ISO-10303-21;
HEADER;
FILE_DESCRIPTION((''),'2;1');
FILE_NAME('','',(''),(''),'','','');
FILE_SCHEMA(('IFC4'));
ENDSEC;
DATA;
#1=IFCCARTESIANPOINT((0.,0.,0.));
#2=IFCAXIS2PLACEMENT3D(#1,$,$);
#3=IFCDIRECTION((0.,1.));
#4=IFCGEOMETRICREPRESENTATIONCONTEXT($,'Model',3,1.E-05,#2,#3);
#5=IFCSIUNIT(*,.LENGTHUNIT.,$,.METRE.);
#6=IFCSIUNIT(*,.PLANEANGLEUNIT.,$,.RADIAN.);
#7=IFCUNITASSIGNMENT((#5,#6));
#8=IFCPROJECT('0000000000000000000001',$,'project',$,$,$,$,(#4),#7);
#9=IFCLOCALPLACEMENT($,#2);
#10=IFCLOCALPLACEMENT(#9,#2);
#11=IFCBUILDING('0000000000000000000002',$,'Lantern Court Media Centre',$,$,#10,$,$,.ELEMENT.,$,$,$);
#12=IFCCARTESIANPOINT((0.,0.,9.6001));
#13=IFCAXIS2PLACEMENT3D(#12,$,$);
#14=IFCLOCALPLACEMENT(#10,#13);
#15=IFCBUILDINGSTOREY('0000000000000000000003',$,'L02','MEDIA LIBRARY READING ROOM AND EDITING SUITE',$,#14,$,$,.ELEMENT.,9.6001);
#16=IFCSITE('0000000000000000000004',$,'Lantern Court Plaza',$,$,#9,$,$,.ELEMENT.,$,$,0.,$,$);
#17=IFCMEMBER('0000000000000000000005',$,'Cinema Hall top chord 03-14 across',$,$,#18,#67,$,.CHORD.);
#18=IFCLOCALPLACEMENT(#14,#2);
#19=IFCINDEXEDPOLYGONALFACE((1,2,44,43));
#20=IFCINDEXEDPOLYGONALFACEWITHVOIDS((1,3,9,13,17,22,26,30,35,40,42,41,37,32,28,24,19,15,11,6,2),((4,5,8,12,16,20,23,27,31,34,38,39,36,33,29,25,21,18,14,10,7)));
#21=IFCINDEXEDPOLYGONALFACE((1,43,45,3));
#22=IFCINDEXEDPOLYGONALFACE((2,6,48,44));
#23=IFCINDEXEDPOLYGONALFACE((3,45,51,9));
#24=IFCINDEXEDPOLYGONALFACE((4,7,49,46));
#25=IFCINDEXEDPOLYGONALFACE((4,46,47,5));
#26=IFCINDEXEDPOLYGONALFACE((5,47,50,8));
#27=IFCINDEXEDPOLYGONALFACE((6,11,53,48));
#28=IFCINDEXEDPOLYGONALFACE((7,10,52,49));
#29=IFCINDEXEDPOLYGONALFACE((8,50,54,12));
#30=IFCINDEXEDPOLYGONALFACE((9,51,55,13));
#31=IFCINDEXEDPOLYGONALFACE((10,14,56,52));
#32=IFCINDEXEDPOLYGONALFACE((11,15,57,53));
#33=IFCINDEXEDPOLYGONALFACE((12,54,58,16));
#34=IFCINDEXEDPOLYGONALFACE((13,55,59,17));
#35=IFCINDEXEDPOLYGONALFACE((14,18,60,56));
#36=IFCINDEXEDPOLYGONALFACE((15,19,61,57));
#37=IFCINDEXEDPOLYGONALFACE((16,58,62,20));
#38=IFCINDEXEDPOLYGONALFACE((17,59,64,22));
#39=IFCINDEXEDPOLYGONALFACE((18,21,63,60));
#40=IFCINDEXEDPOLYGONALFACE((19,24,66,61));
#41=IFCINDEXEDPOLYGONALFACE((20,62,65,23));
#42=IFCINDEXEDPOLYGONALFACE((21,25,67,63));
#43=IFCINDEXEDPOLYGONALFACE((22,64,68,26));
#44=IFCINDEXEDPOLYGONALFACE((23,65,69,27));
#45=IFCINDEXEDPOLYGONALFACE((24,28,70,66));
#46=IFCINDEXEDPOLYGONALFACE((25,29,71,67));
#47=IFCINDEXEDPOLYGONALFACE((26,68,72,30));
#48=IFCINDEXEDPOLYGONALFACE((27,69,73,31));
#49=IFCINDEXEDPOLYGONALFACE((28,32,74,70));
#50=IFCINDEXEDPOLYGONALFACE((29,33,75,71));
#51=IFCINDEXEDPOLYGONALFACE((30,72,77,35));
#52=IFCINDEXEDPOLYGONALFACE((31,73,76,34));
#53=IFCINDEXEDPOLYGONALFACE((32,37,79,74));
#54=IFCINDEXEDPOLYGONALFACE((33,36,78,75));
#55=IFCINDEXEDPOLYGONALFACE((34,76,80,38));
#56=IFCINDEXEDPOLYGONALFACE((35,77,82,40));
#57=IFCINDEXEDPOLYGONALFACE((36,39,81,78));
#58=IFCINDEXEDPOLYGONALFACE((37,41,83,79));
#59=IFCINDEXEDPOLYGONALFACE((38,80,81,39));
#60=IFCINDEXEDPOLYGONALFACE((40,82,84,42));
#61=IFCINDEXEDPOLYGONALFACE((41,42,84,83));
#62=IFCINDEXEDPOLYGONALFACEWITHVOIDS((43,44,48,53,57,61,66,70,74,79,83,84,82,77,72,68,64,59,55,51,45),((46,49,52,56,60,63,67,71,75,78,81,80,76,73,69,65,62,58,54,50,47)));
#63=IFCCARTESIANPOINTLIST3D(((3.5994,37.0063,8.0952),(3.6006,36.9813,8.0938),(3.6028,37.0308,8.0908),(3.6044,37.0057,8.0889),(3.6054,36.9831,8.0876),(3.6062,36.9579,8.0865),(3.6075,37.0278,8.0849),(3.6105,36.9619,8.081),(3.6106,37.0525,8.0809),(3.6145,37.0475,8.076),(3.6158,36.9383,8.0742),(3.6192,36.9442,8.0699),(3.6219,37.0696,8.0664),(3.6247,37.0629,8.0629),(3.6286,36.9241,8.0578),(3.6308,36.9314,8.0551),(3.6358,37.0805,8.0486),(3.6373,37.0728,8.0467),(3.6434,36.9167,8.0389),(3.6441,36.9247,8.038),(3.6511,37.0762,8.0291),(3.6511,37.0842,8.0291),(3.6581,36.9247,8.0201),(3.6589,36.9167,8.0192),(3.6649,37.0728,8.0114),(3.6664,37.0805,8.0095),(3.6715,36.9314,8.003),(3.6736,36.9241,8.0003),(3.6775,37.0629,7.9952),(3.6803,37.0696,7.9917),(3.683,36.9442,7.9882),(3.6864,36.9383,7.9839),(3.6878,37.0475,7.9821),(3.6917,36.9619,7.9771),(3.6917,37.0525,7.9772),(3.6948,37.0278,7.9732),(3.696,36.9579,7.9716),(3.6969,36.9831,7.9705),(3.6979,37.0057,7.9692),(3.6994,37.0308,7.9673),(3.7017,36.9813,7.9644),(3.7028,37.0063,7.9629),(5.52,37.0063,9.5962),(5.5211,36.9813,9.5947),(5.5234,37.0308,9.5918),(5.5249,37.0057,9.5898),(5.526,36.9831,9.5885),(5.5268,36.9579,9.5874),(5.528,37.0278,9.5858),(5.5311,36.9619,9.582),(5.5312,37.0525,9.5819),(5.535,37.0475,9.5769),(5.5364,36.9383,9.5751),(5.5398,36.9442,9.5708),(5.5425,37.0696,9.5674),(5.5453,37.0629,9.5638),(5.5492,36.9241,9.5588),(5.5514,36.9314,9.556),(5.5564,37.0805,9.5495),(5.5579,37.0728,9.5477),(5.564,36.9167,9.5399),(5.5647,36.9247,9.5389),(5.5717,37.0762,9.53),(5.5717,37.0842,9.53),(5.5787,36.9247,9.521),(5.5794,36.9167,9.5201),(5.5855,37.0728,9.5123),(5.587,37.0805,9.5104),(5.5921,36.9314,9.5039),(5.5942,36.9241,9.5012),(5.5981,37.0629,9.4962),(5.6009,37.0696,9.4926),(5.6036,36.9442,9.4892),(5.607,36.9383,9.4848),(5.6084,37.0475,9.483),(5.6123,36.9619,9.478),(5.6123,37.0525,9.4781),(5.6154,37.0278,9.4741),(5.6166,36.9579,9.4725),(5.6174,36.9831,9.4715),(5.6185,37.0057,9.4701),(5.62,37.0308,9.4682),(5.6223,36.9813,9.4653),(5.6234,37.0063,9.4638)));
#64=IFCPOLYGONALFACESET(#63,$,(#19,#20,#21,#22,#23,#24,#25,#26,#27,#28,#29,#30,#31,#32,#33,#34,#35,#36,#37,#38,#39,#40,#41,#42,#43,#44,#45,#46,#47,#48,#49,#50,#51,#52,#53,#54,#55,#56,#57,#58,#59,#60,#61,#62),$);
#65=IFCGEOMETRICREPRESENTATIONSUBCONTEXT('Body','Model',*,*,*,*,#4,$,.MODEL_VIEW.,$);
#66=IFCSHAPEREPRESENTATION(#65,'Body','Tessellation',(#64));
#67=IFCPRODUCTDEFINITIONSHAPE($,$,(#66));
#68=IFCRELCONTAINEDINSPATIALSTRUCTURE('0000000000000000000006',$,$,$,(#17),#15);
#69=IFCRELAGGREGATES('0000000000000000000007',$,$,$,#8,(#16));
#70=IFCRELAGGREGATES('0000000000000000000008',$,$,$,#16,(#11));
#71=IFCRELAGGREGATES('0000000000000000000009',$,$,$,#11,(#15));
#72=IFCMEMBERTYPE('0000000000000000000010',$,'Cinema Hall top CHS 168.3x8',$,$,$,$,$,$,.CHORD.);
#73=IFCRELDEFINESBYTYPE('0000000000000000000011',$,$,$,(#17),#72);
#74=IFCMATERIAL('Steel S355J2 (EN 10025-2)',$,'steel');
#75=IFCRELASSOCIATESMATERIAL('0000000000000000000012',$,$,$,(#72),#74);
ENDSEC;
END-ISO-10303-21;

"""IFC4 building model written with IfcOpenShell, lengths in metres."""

from ifc_helpers import new_model, si_unit, direction, frame, origin, origin_2d, place, context, subcontext, project, spatial, hollow_circle, extrude, material, material_profile, profile_set, type_object, element, save


model = new_model("IFC4")

# Units and contexts
model_context = context("Model", 3, precision=1e-05, world=origin(), true_north=direction((0.0, 1.0)))
body_context = subcontext(model_context, "Body", "Model", "MODEL_VIEW")
ifc_project = project(units=[si_unit("LENGTHUNIT", "METRE"), si_unit("PLANEANGLEUNIT", "RADIAN")], contexts=[model_context])

# Site, building, storey
site_placement = place(None, origin())
site = spatial("IfcSite", under=ifc_project, at=site_placement, Name="Lantern Court Plaza", CompositionType="ELEMENT", RefElevation=0.0)
building_placement = place(site_placement, origin())
building = spatial("IfcBuilding", under=site, at=building_placement, Name="Lantern Court Media Centre", CompositionType="ELEMENT")
storey_placement = place(building_placement, frame((0.0, 0.0, 9.6001)))
storey = spatial("IfcBuildingStorey", under=building, at=storey_placement, Name="L02", Description="MEDIA LIBRARY READING ROOM AND EDITING SUITE", CompositionType="ELEMENT", Elevation=9.6001)

# Member
ifc_material = material(Name="Steel S355J2 (EN 10025-2)", Category="steel")
ifc_material_profile_1 = material_profile(ifc_material, hollow_circle(Radius=0.0842, WallThickness=0.0081, at=origin_2d()), Name="Cinema Hall top CHS 168.3x8")
ifc_profile_set_1 = profile_set([ifc_material_profile_1], Name="Steel S355J2 (EN 10025-2)")
member_type_1 = type_object("IfcMemberType", Name="Cinema Hall top CHS 168.3x8", PredefinedType="CHORD", material=ifc_profile_set_1)
member_1_placement = place(storey_placement, frame((3.6511, 37.0, 8.0291), z_axis=(0.787932, 0.0, 0.615763), x_axis=(0.0, 1.0, 0.0)))
element("IfcMember", 1, at=member_1_placement, inside=storey, type_object=member_type_1, Name="Cinema Hall top chord 03-14 across", PredefinedType="CHORD", context=body_context, shape_type="SweptSolid", body=[
    extrude(hollow_circle(Radius=0.0842, WallThickness=0.0081, at=origin_2d()), origin(), (0.0, 0.0, 1.0), 2.4375),
])

save(model, "model.ifc")
